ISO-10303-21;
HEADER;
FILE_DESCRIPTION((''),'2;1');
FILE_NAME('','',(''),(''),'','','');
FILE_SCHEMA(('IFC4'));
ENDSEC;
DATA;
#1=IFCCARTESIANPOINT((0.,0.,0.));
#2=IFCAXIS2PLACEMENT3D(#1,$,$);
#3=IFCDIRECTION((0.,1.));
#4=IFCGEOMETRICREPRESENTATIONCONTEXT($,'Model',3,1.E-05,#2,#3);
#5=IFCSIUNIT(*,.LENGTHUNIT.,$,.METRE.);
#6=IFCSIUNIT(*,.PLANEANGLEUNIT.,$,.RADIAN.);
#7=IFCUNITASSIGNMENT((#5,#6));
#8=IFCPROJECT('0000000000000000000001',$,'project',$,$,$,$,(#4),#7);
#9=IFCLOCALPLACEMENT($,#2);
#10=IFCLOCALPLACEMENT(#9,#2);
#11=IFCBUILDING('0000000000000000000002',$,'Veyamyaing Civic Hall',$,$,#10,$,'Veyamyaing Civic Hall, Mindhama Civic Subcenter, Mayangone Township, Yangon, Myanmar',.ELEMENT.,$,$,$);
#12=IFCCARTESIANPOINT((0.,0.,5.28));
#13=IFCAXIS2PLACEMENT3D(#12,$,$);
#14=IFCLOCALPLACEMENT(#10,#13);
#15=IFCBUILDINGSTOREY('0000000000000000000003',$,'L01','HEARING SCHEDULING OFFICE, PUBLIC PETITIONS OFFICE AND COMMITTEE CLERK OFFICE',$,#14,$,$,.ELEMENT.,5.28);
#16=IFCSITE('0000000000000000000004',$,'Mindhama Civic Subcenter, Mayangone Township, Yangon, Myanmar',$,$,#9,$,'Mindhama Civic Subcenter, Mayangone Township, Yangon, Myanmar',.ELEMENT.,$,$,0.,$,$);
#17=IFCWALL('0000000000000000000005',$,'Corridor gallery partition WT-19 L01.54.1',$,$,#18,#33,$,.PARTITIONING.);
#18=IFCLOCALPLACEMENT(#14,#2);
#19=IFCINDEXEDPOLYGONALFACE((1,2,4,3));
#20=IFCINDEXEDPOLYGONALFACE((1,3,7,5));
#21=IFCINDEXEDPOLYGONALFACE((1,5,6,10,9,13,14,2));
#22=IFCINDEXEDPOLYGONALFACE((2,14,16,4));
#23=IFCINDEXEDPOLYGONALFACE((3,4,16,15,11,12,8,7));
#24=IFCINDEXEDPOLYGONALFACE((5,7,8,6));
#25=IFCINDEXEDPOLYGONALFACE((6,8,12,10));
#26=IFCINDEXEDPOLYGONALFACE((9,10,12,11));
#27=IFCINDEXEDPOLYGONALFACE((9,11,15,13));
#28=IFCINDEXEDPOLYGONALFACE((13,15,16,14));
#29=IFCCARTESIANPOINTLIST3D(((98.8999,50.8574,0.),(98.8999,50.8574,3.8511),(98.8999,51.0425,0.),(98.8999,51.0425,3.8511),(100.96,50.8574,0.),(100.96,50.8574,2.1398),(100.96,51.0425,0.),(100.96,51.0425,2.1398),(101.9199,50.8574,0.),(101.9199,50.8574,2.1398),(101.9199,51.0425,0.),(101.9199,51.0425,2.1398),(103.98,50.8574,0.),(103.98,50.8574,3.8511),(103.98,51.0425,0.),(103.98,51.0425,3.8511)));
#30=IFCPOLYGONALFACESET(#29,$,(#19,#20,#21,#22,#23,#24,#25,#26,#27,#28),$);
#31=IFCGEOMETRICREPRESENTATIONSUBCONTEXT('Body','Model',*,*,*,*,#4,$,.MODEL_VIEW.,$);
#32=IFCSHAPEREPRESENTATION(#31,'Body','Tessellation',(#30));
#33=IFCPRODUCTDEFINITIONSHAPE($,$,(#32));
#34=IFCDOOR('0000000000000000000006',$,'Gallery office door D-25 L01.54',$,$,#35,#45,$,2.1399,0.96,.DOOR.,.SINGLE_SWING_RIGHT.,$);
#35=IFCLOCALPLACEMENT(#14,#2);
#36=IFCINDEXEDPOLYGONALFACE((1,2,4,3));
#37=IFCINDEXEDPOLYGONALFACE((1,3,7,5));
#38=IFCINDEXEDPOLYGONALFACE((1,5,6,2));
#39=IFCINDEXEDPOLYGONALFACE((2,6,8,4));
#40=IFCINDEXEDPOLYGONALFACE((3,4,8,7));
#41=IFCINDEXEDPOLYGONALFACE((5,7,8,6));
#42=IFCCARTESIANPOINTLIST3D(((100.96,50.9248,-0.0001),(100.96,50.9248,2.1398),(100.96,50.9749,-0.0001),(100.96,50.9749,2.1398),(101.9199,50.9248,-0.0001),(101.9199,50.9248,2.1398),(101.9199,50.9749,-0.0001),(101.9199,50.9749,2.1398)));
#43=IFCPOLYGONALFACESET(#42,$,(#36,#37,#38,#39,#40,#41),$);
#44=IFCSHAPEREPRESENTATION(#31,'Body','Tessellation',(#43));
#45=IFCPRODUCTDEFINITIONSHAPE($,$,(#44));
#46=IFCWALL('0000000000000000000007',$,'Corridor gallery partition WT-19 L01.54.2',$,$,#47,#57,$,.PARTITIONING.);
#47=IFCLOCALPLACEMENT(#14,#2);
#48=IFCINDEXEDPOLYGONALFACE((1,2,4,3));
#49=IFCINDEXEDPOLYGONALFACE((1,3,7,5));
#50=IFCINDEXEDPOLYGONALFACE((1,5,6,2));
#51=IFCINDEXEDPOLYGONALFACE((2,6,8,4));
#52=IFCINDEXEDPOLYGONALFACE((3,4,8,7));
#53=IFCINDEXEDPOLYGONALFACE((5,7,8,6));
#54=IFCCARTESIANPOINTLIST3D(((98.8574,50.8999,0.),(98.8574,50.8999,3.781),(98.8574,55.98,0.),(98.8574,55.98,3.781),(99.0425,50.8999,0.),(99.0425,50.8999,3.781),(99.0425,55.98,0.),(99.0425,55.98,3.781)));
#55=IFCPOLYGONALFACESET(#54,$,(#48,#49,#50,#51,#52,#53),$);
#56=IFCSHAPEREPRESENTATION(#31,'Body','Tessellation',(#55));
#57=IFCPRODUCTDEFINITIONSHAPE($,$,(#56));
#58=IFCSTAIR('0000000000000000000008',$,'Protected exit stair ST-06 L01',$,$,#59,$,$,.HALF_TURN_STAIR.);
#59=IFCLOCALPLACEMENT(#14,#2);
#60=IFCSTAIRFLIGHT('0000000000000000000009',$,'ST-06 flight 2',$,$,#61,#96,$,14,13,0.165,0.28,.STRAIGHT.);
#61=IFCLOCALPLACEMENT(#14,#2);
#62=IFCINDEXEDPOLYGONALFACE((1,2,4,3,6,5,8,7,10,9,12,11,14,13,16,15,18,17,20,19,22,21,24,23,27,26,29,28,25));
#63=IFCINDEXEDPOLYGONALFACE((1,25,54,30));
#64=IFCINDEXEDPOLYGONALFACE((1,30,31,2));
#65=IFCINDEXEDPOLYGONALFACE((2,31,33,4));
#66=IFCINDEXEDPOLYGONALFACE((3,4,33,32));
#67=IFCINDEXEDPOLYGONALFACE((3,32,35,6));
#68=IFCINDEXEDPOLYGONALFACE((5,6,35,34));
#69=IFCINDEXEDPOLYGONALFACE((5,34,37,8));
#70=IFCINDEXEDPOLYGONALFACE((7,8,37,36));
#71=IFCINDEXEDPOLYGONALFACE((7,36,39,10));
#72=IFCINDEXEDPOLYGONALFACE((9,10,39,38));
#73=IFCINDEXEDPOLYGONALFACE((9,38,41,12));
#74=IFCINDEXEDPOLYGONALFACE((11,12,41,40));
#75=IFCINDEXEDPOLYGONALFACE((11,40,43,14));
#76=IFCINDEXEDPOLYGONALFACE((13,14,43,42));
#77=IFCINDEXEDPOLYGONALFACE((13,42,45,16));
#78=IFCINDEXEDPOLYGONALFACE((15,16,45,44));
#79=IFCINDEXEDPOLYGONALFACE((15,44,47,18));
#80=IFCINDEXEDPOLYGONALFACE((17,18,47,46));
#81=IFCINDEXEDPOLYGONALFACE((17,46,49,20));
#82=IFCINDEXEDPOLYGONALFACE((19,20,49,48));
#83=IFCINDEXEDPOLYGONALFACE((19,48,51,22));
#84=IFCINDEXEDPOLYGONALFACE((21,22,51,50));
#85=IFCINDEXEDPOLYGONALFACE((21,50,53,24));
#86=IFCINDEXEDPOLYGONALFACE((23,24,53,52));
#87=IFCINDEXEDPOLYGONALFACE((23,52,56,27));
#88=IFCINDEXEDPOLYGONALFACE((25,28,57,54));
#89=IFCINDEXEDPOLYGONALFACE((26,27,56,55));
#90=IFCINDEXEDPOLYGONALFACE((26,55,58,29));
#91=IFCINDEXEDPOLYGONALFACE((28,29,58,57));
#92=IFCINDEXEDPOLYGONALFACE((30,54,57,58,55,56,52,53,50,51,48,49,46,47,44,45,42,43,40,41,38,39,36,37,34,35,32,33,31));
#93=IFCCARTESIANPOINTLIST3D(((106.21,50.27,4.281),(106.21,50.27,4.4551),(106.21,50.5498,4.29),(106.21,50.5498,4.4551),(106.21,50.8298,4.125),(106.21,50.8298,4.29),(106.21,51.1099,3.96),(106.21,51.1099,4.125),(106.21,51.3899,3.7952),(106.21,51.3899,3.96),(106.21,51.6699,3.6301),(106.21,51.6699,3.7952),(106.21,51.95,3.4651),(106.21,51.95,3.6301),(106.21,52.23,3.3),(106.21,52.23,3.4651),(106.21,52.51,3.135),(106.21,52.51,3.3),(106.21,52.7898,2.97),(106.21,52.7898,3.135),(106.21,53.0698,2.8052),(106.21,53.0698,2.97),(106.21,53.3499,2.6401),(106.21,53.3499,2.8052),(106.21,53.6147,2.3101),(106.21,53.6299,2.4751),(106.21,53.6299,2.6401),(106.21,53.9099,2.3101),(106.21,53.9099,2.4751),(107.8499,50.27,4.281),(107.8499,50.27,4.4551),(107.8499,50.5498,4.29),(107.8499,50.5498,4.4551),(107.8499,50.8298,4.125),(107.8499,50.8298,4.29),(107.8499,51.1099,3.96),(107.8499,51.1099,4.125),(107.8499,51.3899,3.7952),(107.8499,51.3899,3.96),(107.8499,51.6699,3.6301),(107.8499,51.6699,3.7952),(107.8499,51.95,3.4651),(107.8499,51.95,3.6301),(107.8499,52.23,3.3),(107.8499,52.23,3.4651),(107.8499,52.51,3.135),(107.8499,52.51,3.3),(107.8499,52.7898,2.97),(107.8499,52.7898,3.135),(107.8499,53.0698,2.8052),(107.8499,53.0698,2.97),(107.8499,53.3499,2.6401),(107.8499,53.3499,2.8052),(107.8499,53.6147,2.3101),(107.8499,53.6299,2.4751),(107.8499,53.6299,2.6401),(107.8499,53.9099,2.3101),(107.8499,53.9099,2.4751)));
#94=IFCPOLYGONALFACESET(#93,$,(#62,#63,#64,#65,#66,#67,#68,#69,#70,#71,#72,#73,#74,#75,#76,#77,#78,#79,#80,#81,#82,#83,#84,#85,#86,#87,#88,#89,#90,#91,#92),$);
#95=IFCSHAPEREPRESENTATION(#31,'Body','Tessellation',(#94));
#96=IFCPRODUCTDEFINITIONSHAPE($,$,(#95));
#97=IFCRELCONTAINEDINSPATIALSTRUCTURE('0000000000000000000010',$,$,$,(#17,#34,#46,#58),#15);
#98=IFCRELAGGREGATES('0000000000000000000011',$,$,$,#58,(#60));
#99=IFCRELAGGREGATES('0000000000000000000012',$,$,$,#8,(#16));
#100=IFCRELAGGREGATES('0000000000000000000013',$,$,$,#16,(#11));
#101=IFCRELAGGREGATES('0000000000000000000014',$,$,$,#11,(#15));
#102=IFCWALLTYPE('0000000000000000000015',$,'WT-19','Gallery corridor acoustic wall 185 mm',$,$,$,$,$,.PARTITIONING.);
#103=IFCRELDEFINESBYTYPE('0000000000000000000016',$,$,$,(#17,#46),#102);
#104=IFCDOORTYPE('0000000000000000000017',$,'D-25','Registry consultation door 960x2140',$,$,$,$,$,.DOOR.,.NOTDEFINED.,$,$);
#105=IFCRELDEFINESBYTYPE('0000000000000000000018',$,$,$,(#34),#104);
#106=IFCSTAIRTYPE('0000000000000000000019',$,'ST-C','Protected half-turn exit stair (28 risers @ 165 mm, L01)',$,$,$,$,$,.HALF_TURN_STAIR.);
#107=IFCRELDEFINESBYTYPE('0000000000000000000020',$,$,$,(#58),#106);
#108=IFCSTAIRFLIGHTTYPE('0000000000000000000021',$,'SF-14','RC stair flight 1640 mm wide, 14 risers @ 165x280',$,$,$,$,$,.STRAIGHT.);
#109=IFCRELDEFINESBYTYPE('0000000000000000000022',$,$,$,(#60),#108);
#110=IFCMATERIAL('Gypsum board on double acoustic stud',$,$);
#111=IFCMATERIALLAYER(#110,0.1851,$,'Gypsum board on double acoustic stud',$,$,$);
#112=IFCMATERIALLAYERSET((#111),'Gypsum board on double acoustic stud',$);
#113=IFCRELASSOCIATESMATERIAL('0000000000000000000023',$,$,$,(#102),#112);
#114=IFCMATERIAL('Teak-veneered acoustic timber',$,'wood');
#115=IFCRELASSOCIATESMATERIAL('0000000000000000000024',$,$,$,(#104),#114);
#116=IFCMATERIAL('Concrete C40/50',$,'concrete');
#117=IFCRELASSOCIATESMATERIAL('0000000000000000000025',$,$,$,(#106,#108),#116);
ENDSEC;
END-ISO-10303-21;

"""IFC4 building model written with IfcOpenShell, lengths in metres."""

from ifc_helpers import new_model, si_unit, direction, frame, frame_2d, origin, place, context, subcontext, project, spatial, polyline, rectangle, outline, extrude, material, layer, layer_set, type_object, element, fill, aggregate, save


model = new_model("IFC4")

# Units and contexts
model_context = context("Model", 3, precision=1e-05, world=origin(), true_north=direction((0.0, 1.0)))
body_context = subcontext(model_context, "Body", "Model", "MODEL_VIEW")
ifc_project = project(units=[si_unit("LENGTHUNIT", "METRE"), si_unit("PLANEANGLEUNIT", "RADIAN")], contexts=[model_context])

# Site, building, storey
site_placement = place(None, origin())
site = spatial("IfcSite", under=ifc_project, at=site_placement, Name="Mindhama Civic Subcenter, Mayangone Township, Yangon, Myanmar", LongName="Mindhama Civic Subcenter, Mayangone Township, Yangon, Myanmar", CompositionType="ELEMENT", RefElevation=0.0)
building_placement = place(site_placement, origin())
building = spatial("IfcBuilding", under=site, at=building_placement, Name="Veyamyaing Civic Hall", LongName="Veyamyaing Civic Hall, Mindhama Civic Subcenter, Mayangone Township, Yangon, Myanmar", CompositionType="ELEMENT")
storey_placement = place(building_placement, frame((0.0, 0.0, 5.28)))
storey = spatial("IfcBuildingStorey", under=building, at=storey_placement, Name="L01", Description="HEARING SCHEDULING OFFICE, PUBLIC PETITIONS OFFICE AND COMMITTEE CLERK OFFICE", CompositionType="ELEMENT", Elevation=5.28)

# Shared definitions
ifc_material_1 = material(Name="Concrete C40/50", Category="concrete")

# Wall, opening, door
ifc_material_2 = material(Name="Gypsum board on double acoustic stud")
ifc_layer_1 = layer(ifc_material_2, 0.1851, Name="Gypsum board on double acoustic stud")
ifc_layer_set_1 = layer_set([ifc_layer_1], Name="Gypsum board on double acoustic stud")
wall_type_1 = type_object("IfcWallType", Name="WT-19", Description="Gallery corridor acoustic wall 185 mm", PredefinedType="PARTITIONING", material=ifc_layer_set_1)
wall_1_placement = place(storey_placement, frame((98.8999, 50.95, 0.0), z_axis=(0.0, 0.0, 1.0), x_axis=(1.0, 0.0, 0.0)))
wall_1 = element("IfcWall", 1, at=wall_1_placement, inside=storey, type_object=wall_type_1, Name="Corridor gallery partition WT-19 L01.54.1", PredefinedType="PARTITIONING", context=body_context, shape_type="SweptSolid", body=[
    extrude(rectangle(XDim=5.0801, YDim=0.1851, at=frame_2d((2.54, 0.0))), origin(), (0.0, 0.0, 1.0), 3.8511),
])
opening_placement = place(wall_1_placement, frame((2.0601, 0.0, 0.0)))
opening = element("IfcOpeningElement", 2, at=opening_placement, cuts=wall_1, PredefinedType="OPENING", context=body_context, shape_type="SweptSolid", body=[
    extrude(rectangle(XDim=0.96, YDim=2.1399, at=frame_2d((0.48, 1.0698))), frame((0.0, 0.1025, 0.0), z_axis=(0.0, -1.0, 0.0), x_axis=(1.0, 0.0, 0.0)), (0.0, 0.0, 1.0), 0.2051),
])
ifc_material_3 = material(Name="Teak-veneered acoustic timber", Category="wood")
door_type = type_object("IfcDoorType", Name="D-25", Description="Registry consultation door 960x2140", OperationType="NOTDEFINED", PredefinedType="DOOR", material=ifc_material_3)
door_placement = place(opening_placement, origin())
door = element("IfcDoor", 3, at=door_placement, inside=storey, type_object=door_type, Name="Gallery office door D-25 L01.54", OperationType="SINGLE_SWING_RIGHT", OverallHeight=2.1399, OverallWidth=0.96, PredefinedType="DOOR", context=body_context, shape_type="SweptSolid", body=[
    extrude(rectangle(XDim=0.96, YDim=2.1399, at=frame_2d((0.48, 1.0698))), frame((0.0, 0.0249, 0.0), z_axis=(0.0, -1.0, 0.0), x_axis=(1.0, 0.0, 0.0)), (0.0, 0.0, 1.0), 0.05),
])
fill(opening, door)

# Wall
wall_2_placement = place(storey_placement, frame((98.95, 50.8999, 0.0), z_axis=(0.0, 0.0, 1.0), x_axis=(0.0, 1.0, 0.0)))
element("IfcWall", 4, at=wall_2_placement, inside=storey, type_object=wall_type_1, Name="Corridor gallery partition WT-19 L01.54.2", PredefinedType="PARTITIONING", context=body_context, shape_type="SweptSolid", body=[
    extrude(rectangle(XDim=5.0801, YDim=0.1851, at=frame_2d((2.54, 0.0))), origin(), (0.0, 0.0, 1.0), 3.781),
])

# Stair, stair flight
stair_type = type_object("IfcStairType", Name="ST-C", Description="Protected half-turn exit stair (28 risers @ 165 mm, L01)", PredefinedType="HALF_TURN_STAIR", material=ifc_material_1)
stair_placement = place(storey_placement, origin())
stair = element("IfcStair", 5, at=stair_placement, inside=storey, type_object=stair_type, Name="Protected exit stair ST-06 L01", PredefinedType="HALF_TURN_STAIR")
stair_flight_type = type_object("IfcStairFlightType", Name="SF-14", Description="RC stair flight 1640 mm wide, 14 risers @ 165x280", PredefinedType="STRAIGHT", material=ifc_material_1)
stair_flight_placement = place(storey_placement, frame((107.03, 53.9099, 2.3101), z_axis=(0.0, 0.0, 1.0), x_axis=(0.0, -1.0, 0.0)))
stair_flight = element("IfcStairFlight", 6, at=stair_flight_placement, type_object=stair_flight_type, Name="ST-06 flight 2", NumberOfRisers=14, NumberOfTreads=13, PredefinedType="STRAIGHT", RiserHeight=0.165, TreadLength=0.28, context=body_context, shape_type="SweptSolid", body=[
    extrude(outline(polyline([(0.0, 0.0), (0.0, 0.165), (0.28, 0.165), (0.28, 0.3301), (0.5601, 0.3301), (0.5601, 0.4951), (0.8401, 0.4951), (0.8401, 0.6599), (1.1201, 0.6599), (1.1201, 0.825), (1.3999, 0.825), (1.3999, 0.99), (1.6799, 0.99), (1.6799, 1.155), (1.96, 1.155), (1.96, 1.3201), (2.24, 1.3201), (2.24, 1.4851), (2.52, 1.4851), (2.52, 1.6499), (2.8, 1.6499), (2.8, 1.8149), (3.0801, 1.8149), (3.0801, 1.98), (3.3601, 1.98), (3.3601, 2.145), (3.6399, 2.145), (3.6399, 2.3101), (3.6399, 1.9709), (0.2952, 0.0), (0.0, 0.0)])), frame((0.0, 0.8198, 0.0), z_axis=(0.0, -1.0, 0.0), x_axis=(1.0, 0.0, 0.0)), (0.0, 0.0, 1.0), 1.6399),
])
aggregate(stair, [stair_flight])

save(model, "model.ifc")
